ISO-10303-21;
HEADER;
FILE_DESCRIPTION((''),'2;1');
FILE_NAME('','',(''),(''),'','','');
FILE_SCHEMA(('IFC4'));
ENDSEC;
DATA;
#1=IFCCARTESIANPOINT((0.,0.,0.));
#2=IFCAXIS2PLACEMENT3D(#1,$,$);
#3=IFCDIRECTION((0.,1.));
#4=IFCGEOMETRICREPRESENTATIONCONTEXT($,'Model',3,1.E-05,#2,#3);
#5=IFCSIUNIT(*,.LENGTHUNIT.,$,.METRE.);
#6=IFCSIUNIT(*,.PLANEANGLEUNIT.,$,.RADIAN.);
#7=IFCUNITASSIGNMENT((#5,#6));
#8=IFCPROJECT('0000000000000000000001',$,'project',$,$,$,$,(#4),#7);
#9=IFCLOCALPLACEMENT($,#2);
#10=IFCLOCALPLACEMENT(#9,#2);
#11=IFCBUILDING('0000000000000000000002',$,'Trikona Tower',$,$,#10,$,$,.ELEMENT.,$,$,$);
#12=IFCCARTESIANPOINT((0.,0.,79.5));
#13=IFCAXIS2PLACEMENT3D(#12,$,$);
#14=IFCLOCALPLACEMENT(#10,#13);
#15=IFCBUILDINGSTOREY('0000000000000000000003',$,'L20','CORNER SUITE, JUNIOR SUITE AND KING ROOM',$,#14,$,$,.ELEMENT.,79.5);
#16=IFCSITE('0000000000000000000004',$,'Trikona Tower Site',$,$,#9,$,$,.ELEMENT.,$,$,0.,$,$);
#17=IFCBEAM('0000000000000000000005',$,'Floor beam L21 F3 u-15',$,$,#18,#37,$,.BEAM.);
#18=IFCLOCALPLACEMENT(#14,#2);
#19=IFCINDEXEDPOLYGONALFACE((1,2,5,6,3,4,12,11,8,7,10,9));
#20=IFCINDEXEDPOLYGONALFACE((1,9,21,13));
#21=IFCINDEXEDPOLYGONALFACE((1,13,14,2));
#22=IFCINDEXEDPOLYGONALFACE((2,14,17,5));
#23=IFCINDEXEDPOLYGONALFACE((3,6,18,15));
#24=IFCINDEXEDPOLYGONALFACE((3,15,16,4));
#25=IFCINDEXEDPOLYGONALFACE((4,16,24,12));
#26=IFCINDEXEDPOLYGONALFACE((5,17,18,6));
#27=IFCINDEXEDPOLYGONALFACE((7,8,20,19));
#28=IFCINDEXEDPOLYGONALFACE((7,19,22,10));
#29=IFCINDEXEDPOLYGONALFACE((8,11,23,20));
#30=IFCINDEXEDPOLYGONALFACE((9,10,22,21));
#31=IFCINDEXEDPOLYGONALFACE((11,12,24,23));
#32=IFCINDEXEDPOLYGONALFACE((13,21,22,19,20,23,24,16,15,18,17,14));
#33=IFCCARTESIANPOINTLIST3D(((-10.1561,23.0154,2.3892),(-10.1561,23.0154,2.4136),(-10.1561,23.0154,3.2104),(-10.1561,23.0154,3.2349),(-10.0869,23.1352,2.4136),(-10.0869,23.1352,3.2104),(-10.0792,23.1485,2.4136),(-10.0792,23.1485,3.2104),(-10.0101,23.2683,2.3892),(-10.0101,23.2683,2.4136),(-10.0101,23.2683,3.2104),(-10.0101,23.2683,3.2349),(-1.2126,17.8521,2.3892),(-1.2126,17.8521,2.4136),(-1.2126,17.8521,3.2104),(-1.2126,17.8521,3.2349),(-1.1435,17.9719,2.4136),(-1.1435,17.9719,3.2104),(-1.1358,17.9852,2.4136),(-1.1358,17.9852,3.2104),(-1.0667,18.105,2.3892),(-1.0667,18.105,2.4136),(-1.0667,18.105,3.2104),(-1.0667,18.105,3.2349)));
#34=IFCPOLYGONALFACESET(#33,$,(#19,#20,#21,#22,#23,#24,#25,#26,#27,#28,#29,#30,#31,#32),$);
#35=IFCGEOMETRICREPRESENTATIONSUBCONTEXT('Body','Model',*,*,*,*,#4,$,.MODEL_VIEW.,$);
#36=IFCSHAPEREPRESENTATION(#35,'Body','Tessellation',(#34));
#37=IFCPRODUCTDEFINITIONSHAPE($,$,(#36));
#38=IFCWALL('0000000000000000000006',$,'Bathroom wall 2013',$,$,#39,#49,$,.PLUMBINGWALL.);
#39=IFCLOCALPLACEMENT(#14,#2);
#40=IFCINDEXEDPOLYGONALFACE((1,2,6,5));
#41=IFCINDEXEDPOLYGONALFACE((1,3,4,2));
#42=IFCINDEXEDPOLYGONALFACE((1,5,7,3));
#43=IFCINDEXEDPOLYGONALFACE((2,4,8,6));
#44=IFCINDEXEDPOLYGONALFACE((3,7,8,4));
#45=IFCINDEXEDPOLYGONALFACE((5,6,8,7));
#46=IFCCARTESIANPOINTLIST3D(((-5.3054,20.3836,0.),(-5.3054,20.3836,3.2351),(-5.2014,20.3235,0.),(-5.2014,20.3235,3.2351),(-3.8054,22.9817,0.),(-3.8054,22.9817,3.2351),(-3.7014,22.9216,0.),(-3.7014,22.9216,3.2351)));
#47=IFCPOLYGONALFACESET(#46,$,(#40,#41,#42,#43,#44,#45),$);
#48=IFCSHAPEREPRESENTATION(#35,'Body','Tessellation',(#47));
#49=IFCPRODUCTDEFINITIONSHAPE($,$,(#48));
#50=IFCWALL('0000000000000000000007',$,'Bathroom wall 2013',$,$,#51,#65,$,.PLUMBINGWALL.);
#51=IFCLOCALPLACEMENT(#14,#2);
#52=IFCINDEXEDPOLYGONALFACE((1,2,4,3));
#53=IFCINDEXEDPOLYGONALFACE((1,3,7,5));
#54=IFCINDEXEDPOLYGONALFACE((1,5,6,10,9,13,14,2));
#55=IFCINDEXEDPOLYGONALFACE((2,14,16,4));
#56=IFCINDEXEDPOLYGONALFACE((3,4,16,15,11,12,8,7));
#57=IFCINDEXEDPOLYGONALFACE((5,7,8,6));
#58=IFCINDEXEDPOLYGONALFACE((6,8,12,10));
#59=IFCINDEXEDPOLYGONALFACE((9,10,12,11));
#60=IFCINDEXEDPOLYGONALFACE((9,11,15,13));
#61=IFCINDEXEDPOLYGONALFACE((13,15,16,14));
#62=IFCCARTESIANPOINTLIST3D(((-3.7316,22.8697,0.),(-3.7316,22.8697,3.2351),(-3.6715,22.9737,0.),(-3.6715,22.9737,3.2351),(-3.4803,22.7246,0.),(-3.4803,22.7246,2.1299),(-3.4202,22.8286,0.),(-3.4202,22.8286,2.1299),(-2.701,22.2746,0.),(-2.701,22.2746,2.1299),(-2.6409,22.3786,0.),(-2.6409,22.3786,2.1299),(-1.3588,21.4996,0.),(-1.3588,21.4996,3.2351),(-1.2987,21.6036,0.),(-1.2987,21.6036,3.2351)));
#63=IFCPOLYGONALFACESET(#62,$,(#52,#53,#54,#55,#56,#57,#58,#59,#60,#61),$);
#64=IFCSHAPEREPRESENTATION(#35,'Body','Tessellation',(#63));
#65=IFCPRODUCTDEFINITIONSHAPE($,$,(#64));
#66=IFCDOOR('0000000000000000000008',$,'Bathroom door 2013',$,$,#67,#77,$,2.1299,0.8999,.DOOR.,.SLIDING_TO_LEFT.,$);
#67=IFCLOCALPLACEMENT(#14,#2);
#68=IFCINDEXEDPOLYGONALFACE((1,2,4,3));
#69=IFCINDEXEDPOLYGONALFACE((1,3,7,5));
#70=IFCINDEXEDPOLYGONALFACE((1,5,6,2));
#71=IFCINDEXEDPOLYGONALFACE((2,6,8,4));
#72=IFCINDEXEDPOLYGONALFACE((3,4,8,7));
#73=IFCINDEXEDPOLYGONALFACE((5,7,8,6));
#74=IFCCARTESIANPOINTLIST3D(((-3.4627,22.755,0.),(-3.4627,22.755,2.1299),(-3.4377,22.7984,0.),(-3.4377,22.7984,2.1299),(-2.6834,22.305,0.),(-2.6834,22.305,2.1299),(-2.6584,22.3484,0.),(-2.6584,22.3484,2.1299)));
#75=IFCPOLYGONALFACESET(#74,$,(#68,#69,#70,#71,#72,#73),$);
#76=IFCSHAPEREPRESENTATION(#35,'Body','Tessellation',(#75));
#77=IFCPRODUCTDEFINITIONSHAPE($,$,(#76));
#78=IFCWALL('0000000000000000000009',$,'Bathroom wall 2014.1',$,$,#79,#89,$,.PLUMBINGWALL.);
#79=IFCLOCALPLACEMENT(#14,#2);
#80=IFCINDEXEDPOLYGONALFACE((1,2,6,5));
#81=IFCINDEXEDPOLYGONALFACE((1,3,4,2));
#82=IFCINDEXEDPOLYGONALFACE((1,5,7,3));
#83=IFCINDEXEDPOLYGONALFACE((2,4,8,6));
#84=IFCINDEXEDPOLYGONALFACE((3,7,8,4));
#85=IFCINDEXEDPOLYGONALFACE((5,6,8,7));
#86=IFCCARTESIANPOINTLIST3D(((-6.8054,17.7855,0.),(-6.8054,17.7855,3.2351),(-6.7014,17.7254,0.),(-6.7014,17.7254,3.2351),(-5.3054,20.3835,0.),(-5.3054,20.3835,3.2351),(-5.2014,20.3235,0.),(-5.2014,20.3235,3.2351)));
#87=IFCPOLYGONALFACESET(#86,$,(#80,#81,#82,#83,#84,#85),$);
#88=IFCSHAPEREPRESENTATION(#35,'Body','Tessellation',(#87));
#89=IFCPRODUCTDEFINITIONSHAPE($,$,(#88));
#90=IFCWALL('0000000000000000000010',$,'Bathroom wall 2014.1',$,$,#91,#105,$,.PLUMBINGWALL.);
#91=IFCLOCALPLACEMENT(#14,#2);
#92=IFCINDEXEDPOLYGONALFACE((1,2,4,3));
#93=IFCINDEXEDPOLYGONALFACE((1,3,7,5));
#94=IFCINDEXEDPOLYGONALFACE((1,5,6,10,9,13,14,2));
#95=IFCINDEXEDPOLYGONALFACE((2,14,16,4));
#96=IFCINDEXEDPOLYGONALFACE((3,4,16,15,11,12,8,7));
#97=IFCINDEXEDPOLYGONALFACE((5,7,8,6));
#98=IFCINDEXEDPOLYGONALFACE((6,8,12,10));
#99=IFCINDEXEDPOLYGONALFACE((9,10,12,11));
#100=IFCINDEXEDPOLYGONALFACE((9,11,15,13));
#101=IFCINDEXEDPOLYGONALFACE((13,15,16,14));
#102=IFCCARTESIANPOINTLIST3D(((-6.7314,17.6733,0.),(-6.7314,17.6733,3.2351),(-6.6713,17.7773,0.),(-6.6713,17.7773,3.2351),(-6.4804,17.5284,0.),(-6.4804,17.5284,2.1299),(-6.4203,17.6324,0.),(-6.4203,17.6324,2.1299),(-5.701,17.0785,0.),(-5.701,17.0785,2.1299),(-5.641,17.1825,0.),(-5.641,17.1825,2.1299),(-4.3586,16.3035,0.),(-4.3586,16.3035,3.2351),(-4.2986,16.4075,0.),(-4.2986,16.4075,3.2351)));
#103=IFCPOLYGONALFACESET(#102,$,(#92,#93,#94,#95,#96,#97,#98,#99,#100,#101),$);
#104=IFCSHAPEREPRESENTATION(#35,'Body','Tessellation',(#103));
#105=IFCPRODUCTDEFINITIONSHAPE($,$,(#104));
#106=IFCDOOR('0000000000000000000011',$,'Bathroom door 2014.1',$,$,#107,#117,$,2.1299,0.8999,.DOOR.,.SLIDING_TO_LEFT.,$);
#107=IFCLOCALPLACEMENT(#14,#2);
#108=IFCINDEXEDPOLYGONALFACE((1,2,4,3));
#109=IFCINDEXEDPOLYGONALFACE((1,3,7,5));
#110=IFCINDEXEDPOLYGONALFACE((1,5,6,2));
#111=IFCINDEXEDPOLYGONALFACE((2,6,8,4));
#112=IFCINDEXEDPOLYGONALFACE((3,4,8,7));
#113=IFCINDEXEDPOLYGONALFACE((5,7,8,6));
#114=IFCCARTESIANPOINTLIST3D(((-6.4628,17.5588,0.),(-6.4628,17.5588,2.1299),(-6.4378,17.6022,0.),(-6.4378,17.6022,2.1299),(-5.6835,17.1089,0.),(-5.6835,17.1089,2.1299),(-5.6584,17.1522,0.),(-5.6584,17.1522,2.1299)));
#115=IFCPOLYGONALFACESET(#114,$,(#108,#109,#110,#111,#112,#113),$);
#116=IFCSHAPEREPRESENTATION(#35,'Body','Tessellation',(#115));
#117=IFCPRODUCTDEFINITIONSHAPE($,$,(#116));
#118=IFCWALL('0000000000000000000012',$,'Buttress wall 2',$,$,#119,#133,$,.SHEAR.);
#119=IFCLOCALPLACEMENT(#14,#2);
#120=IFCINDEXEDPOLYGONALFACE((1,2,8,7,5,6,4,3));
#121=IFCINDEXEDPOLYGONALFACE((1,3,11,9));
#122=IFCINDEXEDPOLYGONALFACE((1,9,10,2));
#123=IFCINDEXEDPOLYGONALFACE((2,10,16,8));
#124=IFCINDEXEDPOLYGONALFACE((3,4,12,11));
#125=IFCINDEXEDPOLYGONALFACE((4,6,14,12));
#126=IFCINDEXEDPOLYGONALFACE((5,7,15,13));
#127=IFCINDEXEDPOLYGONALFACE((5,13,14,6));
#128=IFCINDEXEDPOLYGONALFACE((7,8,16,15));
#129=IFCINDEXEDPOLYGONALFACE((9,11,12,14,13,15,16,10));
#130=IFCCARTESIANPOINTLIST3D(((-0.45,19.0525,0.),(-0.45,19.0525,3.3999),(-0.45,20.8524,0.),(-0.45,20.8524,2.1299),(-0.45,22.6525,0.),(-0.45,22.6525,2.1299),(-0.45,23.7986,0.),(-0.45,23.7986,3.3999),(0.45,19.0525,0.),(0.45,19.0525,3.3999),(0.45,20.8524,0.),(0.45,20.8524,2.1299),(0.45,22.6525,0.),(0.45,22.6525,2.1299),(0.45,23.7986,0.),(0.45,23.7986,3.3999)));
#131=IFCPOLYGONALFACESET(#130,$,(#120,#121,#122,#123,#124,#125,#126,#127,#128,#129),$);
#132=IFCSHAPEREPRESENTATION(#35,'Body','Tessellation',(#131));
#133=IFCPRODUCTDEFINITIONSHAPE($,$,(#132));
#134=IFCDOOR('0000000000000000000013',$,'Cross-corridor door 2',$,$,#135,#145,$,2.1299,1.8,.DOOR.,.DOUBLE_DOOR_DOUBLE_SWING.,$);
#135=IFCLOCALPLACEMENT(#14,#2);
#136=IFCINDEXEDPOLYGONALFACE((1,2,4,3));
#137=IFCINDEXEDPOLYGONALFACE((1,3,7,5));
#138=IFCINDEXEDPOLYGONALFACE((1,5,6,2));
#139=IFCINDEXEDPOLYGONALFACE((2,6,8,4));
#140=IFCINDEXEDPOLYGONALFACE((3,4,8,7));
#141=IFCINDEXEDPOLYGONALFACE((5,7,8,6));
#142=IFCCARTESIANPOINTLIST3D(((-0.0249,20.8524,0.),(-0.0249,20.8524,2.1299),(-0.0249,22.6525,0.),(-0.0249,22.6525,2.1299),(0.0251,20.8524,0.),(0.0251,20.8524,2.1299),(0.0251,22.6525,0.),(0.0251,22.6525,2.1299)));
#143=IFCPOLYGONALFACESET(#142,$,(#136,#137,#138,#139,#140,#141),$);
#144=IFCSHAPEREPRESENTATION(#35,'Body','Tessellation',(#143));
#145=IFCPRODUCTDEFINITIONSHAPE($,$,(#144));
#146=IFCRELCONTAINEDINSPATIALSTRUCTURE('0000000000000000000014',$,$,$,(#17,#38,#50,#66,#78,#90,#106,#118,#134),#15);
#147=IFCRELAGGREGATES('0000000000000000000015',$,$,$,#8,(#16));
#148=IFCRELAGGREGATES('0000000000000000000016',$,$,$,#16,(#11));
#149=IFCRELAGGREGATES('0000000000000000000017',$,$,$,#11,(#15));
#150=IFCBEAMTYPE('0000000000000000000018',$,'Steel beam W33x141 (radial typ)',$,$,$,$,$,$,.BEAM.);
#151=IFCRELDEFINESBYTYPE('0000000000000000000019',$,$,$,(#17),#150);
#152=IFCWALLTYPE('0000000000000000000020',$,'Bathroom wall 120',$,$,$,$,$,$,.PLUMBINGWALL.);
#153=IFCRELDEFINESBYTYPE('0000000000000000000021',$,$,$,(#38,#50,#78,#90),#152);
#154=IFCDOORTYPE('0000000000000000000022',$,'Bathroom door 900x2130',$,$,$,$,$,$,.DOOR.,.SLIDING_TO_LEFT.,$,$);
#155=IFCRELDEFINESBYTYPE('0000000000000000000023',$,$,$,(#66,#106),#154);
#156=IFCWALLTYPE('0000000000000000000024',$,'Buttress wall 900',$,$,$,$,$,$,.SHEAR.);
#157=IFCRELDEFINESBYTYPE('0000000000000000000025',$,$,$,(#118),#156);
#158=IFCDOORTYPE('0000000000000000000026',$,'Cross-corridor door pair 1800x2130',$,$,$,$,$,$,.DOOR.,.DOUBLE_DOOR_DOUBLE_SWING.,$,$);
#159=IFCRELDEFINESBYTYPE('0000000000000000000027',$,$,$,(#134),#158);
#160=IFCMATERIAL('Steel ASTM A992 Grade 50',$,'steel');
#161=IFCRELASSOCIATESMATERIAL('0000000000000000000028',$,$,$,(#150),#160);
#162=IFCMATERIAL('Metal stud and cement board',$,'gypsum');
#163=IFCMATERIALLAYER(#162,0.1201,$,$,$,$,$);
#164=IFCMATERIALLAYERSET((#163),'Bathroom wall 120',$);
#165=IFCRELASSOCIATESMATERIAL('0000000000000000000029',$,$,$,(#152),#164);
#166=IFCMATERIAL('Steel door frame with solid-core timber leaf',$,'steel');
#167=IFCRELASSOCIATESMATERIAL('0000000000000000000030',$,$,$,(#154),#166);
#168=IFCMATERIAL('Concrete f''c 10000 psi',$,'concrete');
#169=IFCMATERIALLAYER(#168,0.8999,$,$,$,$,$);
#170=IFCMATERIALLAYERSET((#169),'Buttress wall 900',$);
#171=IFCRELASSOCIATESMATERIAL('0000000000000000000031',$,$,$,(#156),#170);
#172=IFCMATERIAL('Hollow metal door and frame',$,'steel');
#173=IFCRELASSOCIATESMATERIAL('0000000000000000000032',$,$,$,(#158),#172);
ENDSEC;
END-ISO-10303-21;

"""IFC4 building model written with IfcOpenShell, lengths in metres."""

from ifc_helpers import new_model, si_unit, direction, frame, frame_2d, origin, origin_2d, place, context, subcontext, project, spatial, rectangle, i_section, extrude, material, layer, layer_set, material_profile, profile_set, type_object, element, fill, save


model = new_model("IFC4")

# Units and contexts
model_context = context("Model", 3, precision=1e-05, world=origin(), true_north=direction((0.0, 1.0)))
body_context = subcontext(model_context, "Body", "Model", "MODEL_VIEW")
ifc_project = project(units=[si_unit("LENGTHUNIT", "METRE"), si_unit("PLANEANGLEUNIT", "RADIAN")], contexts=[model_context])

# Site, building, storey
site_placement = place(None, origin())
site = spatial("IfcSite", under=ifc_project, at=site_placement, Name="Trikona Tower Site", CompositionType="ELEMENT", RefElevation=0.0)
building_placement = place(site_placement, origin())
building = spatial("IfcBuilding", under=site, at=building_placement, Name="Trikona Tower", CompositionType="ELEMENT")
storey_placement = place(building_placement, frame((0.0, 0.0, 79.5)))
storey = spatial("IfcBuildingStorey", under=building, at=storey_placement, Name="L20", Description="CORNER SUITE, JUNIOR SUITE AND KING ROOM", CompositionType="ELEMENT", Elevation=79.5)

# Beam
ifc_material_1 = material(Name="Steel ASTM A992 Grade 50", Category="steel")
ifc_material_profile = material_profile(ifc_material_1, i_section(OverallWidth=0.292, OverallDepth=0.8457, WebThickness=0.0154, FlangeThickness=0.0244, at=origin_2d()), Name="W33X141")
ifc_profile_set = profile_set([ifc_material_profile], Name="Steel ASTM A992 Grade 50")
beam_type = type_object("IfcBeamType", Name="Steel beam W33x141 (radial typ)", PredefinedType="BEAM", material=ifc_profile_set)
beam_placement = place(storey_placement, frame((-1.1396, 17.9785, 2.812), z_axis=(-0.86603, 0.499991, 0.0), x_axis=(-0.499991, -0.86603, 0.0)))
element("IfcBeam", 1, at=beam_placement, inside=storey, type_object=beam_type, Name="Floor beam L21 F3 u-15", PredefinedType="BEAM", context=body_context, shape_type="SweptSolid", body=[
    extrude(i_section(OverallWidth=0.292, OverallDepth=0.8457, WebThickness=0.0154, FlangeThickness=0.0244, at=origin_2d()), origin(), (0.0, 0.0, 1.0), 10.3269),
])

# Wall
ifc_material_2 = material(Name="Metal stud and cement board", Category="gypsum")
ifc_layer_1 = layer(ifc_material_2, 0.1201)
ifc_layer_set_1 = layer_set([ifc_layer_1], Name="Bathroom wall 120")
wall_type_1 = type_object("IfcWallType", Name="Bathroom wall 120", PredefinedType="PLUMBINGWALL", material=ifc_layer_set_1)
wall_1_placement = place(storey_placement, frame((-3.7534, 22.9517, 0.0), z_axis=(0.0, 0.0, 1.0), x_axis=(-0.49999, -0.866031, 0.0)))
element("IfcWall", 2, at=wall_1_placement, inside=storey, type_object=wall_type_1, Name="Bathroom wall 2013", PredefinedType="PLUMBINGWALL", context=body_context, shape_type="SweptSolid", body=[
    extrude(rectangle(XDim=3.0, YDim=0.1201, at=frame_2d((1.5, 0.0))), origin(), (0.0, 0.0, 1.0), 3.2351),
])

# Wall, opening, door
wall_2_placement = place(storey_placement, frame((-1.3286, 21.5515, 0.0), z_axis=(0.0, 0.0, 1.0), x_axis=(-0.865997, 0.500049, 0.0)))
wall_2 = element("IfcWall", 3, at=wall_2_placement, inside=storey, type_object=wall_type_1, Name="Bathroom wall 2013", PredefinedType="PLUMBINGWALL", context=body_context, shape_type="SweptSolid", body=[
    extrude(rectangle(XDim=2.74, YDim=0.1201, at=frame_2d((1.3701, 0.0))), origin(), (0.0, 0.0, 1.0), 3.2351),
])
opening_1_placement = place(wall_2_placement, frame((1.55, 0.0, 0.0)))
opening_1 = element("IfcOpeningElement", 4, at=opening_1_placement, cuts=wall_2, PredefinedType="OPENING", context=body_context, shape_type="SweptSolid", body=[
    extrude(rectangle(XDim=0.8999, YDim=2.1299, at=frame_2d((0.45, 1.0649))), frame((0.0, 0.0701, 0.0), z_axis=(0.0, -1.0, 0.0), x_axis=(1.0, 0.0, 0.0)), (0.0, 0.0, 1.0), 0.1401),
])
ifc_material_3 = material(Name="Steel door frame with solid-core timber leaf", Category="steel")
door_type_1 = type_object("IfcDoorType", Name="Bathroom door 900x2130", OperationType="SLIDING_TO_LEFT", PredefinedType="DOOR", material=ifc_material_3)
door_1_placement = place(opening_1_placement, origin())
door_1 = element("IfcDoor", 5, at=door_1_placement, inside=storey, type_object=door_type_1, Name="Bathroom door 2013", OperationType="SLIDING_TO_LEFT", OverallHeight=2.1299, OverallWidth=0.8999, PredefinedType="DOOR", context=body_context, shape_type="SweptSolid", body=[
    extrude(rectangle(XDim=0.8999, YDim=2.1299, at=frame_2d((0.45, 1.0649))), frame((0.0, 0.0249, 0.0), z_axis=(0.0, -1.0, 0.0), x_axis=(1.0, 0.0, 0.0)), (0.0, 0.0, 1.0), 0.05),
])
fill(opening_1, door_1)

# Wall
wall_3_placement = place(storey_placement, frame((-5.2534, 20.3535, 0.0), z_axis=(0.0, 0.0, 1.0), x_axis=(-0.49999, -0.866031, 0.0)))
element("IfcWall", 6, at=wall_3_placement, inside=storey, type_object=wall_type_1, Name="Bathroom wall 2014.1", PredefinedType="PLUMBINGWALL", context=body_context, shape_type="SweptSolid", body=[
    extrude(rectangle(XDim=3.0, YDim=0.1201, at=frame_2d((1.5, 0.0))), origin(), (0.0, 0.0, 1.0), 3.2351),
])

# Walls, openings, doors
wall_4_placement = place(storey_placement, frame((-4.3286, 16.3555, 0.0), z_axis=(0.0, 0.0, 1.0), x_axis=(-0.866036, 0.499982, 0.0)))
wall_4 = element("IfcWall", 7, at=wall_4_placement, inside=storey, type_object=wall_type_1, Name="Bathroom wall 2014.1", PredefinedType="PLUMBINGWALL", context=body_context, shape_type="SweptSolid", body=[
    extrude(rectangle(XDim=2.7397, YDim=0.1201, at=frame_2d((1.3699, 0.0))), origin(), (0.0, 0.0, 1.0), 3.2351),
])
opening_2_placement = place(wall_4_placement, frame((1.55, 0.0, 0.0)))
opening_2 = element("IfcOpeningElement", 8, at=opening_2_placement, cuts=wall_4, PredefinedType="OPENING", context=body_context, shape_type="SweptSolid", body=[
    extrude(rectangle(XDim=0.8999, YDim=2.1299, at=frame_2d((0.45, 1.0649))), frame((0.0, 0.0701, 0.0), z_axis=(0.0, -1.0, 0.0), x_axis=(1.0, 0.0, 0.0)), (0.0, 0.0, 1.0), 0.1401),
])
door_2_placement = place(opening_2_placement, origin())
door_2 = element("IfcDoor", 9, at=door_2_placement, inside=storey, type_object=door_type_1, Name="Bathroom door 2014.1", OperationType="SLIDING_TO_LEFT", OverallHeight=2.1299, OverallWidth=0.8999, PredefinedType="DOOR", context=body_context, shape_type="SweptSolid", body=[
    extrude(rectangle(XDim=0.8999, YDim=2.1299, at=frame_2d((0.45, 1.0649))), frame((0.0, 0.0249, 0.0), z_axis=(0.0, -1.0, 0.0), x_axis=(1.0, 0.0, 0.0)), (0.0, 0.0, 1.0), 0.05),
])
fill(opening_2, door_2)
ifc_material_4 = material(Name="Concrete f'c 10000 psi", Category="concrete")
ifc_layer_2 = layer(ifc_material_4, 0.8999)
ifc_layer_set_2 = layer_set([ifc_layer_2], Name="Buttress wall 900")
wall_type_2 = type_object("IfcWallType", Name="Buttress wall 900", PredefinedType="SHEAR", material=ifc_layer_set_2)
wall_5_placement = place(storey_placement, frame((0.0, 19.0525, 0.0), z_axis=(0.0, 0.0, 1.0), x_axis=(0.0, 1.0, 0.0)))
wall_5 = element("IfcWall", 10, at=wall_5_placement, inside=storey, type_object=wall_type_2, Name="Buttress wall 2", PredefinedType="SHEAR", context=body_context, shape_type="SweptSolid", body=[
    extrude(rectangle(XDim=4.7461, YDim=0.8999, at=frame_2d((2.373, 0.0))), origin(), (0.0, 0.0, 1.0), 3.3999),
])
opening_3_placement = place(wall_5_placement, frame((1.8, 0.0, 0.0)))
opening_3 = element("IfcOpeningElement", 11, at=opening_3_placement, cuts=wall_5, PredefinedType="OPENING", context=body_context, shape_type="SweptSolid", body=[
    extrude(rectangle(XDim=1.8, YDim=2.1299, at=frame_2d((0.8999, 1.0649))), frame((0.0, 0.46, 0.0), z_axis=(0.0, -1.0, 0.0), x_axis=(1.0, 0.0, 0.0)), (0.0, 0.0, 1.0), 0.9199),
])
ifc_material_5 = material(Name="Hollow metal door and frame", Category="steel")
door_type_2 = type_object("IfcDoorType", Name="Cross-corridor door pair 1800x2130", OperationType="DOUBLE_DOOR_DOUBLE_SWING", PredefinedType="DOOR", material=ifc_material_5)
door_3_placement = place(opening_3_placement, origin())
door_3 = element("IfcDoor", 12, at=door_3_placement, inside=storey, type_object=door_type_2, Name="Cross-corridor door 2", OperationType="DOUBLE_DOOR_DOUBLE_SWING", OverallHeight=2.1299, OverallWidth=1.8, PredefinedType="DOOR", context=body_context, shape_type="SweptSolid", body=[
    extrude(rectangle(XDim=1.8, YDim=2.1299, at=frame_2d((0.8999, 1.0649))), frame((0.0, 0.0249, 0.0), z_axis=(0.0, -1.0, 0.0), x_axis=(1.0, 0.0, 0.0)), (0.0, 0.0, 1.0), 0.05),
])
fill(opening_3, door_3)

save(model, "model.ifc")
